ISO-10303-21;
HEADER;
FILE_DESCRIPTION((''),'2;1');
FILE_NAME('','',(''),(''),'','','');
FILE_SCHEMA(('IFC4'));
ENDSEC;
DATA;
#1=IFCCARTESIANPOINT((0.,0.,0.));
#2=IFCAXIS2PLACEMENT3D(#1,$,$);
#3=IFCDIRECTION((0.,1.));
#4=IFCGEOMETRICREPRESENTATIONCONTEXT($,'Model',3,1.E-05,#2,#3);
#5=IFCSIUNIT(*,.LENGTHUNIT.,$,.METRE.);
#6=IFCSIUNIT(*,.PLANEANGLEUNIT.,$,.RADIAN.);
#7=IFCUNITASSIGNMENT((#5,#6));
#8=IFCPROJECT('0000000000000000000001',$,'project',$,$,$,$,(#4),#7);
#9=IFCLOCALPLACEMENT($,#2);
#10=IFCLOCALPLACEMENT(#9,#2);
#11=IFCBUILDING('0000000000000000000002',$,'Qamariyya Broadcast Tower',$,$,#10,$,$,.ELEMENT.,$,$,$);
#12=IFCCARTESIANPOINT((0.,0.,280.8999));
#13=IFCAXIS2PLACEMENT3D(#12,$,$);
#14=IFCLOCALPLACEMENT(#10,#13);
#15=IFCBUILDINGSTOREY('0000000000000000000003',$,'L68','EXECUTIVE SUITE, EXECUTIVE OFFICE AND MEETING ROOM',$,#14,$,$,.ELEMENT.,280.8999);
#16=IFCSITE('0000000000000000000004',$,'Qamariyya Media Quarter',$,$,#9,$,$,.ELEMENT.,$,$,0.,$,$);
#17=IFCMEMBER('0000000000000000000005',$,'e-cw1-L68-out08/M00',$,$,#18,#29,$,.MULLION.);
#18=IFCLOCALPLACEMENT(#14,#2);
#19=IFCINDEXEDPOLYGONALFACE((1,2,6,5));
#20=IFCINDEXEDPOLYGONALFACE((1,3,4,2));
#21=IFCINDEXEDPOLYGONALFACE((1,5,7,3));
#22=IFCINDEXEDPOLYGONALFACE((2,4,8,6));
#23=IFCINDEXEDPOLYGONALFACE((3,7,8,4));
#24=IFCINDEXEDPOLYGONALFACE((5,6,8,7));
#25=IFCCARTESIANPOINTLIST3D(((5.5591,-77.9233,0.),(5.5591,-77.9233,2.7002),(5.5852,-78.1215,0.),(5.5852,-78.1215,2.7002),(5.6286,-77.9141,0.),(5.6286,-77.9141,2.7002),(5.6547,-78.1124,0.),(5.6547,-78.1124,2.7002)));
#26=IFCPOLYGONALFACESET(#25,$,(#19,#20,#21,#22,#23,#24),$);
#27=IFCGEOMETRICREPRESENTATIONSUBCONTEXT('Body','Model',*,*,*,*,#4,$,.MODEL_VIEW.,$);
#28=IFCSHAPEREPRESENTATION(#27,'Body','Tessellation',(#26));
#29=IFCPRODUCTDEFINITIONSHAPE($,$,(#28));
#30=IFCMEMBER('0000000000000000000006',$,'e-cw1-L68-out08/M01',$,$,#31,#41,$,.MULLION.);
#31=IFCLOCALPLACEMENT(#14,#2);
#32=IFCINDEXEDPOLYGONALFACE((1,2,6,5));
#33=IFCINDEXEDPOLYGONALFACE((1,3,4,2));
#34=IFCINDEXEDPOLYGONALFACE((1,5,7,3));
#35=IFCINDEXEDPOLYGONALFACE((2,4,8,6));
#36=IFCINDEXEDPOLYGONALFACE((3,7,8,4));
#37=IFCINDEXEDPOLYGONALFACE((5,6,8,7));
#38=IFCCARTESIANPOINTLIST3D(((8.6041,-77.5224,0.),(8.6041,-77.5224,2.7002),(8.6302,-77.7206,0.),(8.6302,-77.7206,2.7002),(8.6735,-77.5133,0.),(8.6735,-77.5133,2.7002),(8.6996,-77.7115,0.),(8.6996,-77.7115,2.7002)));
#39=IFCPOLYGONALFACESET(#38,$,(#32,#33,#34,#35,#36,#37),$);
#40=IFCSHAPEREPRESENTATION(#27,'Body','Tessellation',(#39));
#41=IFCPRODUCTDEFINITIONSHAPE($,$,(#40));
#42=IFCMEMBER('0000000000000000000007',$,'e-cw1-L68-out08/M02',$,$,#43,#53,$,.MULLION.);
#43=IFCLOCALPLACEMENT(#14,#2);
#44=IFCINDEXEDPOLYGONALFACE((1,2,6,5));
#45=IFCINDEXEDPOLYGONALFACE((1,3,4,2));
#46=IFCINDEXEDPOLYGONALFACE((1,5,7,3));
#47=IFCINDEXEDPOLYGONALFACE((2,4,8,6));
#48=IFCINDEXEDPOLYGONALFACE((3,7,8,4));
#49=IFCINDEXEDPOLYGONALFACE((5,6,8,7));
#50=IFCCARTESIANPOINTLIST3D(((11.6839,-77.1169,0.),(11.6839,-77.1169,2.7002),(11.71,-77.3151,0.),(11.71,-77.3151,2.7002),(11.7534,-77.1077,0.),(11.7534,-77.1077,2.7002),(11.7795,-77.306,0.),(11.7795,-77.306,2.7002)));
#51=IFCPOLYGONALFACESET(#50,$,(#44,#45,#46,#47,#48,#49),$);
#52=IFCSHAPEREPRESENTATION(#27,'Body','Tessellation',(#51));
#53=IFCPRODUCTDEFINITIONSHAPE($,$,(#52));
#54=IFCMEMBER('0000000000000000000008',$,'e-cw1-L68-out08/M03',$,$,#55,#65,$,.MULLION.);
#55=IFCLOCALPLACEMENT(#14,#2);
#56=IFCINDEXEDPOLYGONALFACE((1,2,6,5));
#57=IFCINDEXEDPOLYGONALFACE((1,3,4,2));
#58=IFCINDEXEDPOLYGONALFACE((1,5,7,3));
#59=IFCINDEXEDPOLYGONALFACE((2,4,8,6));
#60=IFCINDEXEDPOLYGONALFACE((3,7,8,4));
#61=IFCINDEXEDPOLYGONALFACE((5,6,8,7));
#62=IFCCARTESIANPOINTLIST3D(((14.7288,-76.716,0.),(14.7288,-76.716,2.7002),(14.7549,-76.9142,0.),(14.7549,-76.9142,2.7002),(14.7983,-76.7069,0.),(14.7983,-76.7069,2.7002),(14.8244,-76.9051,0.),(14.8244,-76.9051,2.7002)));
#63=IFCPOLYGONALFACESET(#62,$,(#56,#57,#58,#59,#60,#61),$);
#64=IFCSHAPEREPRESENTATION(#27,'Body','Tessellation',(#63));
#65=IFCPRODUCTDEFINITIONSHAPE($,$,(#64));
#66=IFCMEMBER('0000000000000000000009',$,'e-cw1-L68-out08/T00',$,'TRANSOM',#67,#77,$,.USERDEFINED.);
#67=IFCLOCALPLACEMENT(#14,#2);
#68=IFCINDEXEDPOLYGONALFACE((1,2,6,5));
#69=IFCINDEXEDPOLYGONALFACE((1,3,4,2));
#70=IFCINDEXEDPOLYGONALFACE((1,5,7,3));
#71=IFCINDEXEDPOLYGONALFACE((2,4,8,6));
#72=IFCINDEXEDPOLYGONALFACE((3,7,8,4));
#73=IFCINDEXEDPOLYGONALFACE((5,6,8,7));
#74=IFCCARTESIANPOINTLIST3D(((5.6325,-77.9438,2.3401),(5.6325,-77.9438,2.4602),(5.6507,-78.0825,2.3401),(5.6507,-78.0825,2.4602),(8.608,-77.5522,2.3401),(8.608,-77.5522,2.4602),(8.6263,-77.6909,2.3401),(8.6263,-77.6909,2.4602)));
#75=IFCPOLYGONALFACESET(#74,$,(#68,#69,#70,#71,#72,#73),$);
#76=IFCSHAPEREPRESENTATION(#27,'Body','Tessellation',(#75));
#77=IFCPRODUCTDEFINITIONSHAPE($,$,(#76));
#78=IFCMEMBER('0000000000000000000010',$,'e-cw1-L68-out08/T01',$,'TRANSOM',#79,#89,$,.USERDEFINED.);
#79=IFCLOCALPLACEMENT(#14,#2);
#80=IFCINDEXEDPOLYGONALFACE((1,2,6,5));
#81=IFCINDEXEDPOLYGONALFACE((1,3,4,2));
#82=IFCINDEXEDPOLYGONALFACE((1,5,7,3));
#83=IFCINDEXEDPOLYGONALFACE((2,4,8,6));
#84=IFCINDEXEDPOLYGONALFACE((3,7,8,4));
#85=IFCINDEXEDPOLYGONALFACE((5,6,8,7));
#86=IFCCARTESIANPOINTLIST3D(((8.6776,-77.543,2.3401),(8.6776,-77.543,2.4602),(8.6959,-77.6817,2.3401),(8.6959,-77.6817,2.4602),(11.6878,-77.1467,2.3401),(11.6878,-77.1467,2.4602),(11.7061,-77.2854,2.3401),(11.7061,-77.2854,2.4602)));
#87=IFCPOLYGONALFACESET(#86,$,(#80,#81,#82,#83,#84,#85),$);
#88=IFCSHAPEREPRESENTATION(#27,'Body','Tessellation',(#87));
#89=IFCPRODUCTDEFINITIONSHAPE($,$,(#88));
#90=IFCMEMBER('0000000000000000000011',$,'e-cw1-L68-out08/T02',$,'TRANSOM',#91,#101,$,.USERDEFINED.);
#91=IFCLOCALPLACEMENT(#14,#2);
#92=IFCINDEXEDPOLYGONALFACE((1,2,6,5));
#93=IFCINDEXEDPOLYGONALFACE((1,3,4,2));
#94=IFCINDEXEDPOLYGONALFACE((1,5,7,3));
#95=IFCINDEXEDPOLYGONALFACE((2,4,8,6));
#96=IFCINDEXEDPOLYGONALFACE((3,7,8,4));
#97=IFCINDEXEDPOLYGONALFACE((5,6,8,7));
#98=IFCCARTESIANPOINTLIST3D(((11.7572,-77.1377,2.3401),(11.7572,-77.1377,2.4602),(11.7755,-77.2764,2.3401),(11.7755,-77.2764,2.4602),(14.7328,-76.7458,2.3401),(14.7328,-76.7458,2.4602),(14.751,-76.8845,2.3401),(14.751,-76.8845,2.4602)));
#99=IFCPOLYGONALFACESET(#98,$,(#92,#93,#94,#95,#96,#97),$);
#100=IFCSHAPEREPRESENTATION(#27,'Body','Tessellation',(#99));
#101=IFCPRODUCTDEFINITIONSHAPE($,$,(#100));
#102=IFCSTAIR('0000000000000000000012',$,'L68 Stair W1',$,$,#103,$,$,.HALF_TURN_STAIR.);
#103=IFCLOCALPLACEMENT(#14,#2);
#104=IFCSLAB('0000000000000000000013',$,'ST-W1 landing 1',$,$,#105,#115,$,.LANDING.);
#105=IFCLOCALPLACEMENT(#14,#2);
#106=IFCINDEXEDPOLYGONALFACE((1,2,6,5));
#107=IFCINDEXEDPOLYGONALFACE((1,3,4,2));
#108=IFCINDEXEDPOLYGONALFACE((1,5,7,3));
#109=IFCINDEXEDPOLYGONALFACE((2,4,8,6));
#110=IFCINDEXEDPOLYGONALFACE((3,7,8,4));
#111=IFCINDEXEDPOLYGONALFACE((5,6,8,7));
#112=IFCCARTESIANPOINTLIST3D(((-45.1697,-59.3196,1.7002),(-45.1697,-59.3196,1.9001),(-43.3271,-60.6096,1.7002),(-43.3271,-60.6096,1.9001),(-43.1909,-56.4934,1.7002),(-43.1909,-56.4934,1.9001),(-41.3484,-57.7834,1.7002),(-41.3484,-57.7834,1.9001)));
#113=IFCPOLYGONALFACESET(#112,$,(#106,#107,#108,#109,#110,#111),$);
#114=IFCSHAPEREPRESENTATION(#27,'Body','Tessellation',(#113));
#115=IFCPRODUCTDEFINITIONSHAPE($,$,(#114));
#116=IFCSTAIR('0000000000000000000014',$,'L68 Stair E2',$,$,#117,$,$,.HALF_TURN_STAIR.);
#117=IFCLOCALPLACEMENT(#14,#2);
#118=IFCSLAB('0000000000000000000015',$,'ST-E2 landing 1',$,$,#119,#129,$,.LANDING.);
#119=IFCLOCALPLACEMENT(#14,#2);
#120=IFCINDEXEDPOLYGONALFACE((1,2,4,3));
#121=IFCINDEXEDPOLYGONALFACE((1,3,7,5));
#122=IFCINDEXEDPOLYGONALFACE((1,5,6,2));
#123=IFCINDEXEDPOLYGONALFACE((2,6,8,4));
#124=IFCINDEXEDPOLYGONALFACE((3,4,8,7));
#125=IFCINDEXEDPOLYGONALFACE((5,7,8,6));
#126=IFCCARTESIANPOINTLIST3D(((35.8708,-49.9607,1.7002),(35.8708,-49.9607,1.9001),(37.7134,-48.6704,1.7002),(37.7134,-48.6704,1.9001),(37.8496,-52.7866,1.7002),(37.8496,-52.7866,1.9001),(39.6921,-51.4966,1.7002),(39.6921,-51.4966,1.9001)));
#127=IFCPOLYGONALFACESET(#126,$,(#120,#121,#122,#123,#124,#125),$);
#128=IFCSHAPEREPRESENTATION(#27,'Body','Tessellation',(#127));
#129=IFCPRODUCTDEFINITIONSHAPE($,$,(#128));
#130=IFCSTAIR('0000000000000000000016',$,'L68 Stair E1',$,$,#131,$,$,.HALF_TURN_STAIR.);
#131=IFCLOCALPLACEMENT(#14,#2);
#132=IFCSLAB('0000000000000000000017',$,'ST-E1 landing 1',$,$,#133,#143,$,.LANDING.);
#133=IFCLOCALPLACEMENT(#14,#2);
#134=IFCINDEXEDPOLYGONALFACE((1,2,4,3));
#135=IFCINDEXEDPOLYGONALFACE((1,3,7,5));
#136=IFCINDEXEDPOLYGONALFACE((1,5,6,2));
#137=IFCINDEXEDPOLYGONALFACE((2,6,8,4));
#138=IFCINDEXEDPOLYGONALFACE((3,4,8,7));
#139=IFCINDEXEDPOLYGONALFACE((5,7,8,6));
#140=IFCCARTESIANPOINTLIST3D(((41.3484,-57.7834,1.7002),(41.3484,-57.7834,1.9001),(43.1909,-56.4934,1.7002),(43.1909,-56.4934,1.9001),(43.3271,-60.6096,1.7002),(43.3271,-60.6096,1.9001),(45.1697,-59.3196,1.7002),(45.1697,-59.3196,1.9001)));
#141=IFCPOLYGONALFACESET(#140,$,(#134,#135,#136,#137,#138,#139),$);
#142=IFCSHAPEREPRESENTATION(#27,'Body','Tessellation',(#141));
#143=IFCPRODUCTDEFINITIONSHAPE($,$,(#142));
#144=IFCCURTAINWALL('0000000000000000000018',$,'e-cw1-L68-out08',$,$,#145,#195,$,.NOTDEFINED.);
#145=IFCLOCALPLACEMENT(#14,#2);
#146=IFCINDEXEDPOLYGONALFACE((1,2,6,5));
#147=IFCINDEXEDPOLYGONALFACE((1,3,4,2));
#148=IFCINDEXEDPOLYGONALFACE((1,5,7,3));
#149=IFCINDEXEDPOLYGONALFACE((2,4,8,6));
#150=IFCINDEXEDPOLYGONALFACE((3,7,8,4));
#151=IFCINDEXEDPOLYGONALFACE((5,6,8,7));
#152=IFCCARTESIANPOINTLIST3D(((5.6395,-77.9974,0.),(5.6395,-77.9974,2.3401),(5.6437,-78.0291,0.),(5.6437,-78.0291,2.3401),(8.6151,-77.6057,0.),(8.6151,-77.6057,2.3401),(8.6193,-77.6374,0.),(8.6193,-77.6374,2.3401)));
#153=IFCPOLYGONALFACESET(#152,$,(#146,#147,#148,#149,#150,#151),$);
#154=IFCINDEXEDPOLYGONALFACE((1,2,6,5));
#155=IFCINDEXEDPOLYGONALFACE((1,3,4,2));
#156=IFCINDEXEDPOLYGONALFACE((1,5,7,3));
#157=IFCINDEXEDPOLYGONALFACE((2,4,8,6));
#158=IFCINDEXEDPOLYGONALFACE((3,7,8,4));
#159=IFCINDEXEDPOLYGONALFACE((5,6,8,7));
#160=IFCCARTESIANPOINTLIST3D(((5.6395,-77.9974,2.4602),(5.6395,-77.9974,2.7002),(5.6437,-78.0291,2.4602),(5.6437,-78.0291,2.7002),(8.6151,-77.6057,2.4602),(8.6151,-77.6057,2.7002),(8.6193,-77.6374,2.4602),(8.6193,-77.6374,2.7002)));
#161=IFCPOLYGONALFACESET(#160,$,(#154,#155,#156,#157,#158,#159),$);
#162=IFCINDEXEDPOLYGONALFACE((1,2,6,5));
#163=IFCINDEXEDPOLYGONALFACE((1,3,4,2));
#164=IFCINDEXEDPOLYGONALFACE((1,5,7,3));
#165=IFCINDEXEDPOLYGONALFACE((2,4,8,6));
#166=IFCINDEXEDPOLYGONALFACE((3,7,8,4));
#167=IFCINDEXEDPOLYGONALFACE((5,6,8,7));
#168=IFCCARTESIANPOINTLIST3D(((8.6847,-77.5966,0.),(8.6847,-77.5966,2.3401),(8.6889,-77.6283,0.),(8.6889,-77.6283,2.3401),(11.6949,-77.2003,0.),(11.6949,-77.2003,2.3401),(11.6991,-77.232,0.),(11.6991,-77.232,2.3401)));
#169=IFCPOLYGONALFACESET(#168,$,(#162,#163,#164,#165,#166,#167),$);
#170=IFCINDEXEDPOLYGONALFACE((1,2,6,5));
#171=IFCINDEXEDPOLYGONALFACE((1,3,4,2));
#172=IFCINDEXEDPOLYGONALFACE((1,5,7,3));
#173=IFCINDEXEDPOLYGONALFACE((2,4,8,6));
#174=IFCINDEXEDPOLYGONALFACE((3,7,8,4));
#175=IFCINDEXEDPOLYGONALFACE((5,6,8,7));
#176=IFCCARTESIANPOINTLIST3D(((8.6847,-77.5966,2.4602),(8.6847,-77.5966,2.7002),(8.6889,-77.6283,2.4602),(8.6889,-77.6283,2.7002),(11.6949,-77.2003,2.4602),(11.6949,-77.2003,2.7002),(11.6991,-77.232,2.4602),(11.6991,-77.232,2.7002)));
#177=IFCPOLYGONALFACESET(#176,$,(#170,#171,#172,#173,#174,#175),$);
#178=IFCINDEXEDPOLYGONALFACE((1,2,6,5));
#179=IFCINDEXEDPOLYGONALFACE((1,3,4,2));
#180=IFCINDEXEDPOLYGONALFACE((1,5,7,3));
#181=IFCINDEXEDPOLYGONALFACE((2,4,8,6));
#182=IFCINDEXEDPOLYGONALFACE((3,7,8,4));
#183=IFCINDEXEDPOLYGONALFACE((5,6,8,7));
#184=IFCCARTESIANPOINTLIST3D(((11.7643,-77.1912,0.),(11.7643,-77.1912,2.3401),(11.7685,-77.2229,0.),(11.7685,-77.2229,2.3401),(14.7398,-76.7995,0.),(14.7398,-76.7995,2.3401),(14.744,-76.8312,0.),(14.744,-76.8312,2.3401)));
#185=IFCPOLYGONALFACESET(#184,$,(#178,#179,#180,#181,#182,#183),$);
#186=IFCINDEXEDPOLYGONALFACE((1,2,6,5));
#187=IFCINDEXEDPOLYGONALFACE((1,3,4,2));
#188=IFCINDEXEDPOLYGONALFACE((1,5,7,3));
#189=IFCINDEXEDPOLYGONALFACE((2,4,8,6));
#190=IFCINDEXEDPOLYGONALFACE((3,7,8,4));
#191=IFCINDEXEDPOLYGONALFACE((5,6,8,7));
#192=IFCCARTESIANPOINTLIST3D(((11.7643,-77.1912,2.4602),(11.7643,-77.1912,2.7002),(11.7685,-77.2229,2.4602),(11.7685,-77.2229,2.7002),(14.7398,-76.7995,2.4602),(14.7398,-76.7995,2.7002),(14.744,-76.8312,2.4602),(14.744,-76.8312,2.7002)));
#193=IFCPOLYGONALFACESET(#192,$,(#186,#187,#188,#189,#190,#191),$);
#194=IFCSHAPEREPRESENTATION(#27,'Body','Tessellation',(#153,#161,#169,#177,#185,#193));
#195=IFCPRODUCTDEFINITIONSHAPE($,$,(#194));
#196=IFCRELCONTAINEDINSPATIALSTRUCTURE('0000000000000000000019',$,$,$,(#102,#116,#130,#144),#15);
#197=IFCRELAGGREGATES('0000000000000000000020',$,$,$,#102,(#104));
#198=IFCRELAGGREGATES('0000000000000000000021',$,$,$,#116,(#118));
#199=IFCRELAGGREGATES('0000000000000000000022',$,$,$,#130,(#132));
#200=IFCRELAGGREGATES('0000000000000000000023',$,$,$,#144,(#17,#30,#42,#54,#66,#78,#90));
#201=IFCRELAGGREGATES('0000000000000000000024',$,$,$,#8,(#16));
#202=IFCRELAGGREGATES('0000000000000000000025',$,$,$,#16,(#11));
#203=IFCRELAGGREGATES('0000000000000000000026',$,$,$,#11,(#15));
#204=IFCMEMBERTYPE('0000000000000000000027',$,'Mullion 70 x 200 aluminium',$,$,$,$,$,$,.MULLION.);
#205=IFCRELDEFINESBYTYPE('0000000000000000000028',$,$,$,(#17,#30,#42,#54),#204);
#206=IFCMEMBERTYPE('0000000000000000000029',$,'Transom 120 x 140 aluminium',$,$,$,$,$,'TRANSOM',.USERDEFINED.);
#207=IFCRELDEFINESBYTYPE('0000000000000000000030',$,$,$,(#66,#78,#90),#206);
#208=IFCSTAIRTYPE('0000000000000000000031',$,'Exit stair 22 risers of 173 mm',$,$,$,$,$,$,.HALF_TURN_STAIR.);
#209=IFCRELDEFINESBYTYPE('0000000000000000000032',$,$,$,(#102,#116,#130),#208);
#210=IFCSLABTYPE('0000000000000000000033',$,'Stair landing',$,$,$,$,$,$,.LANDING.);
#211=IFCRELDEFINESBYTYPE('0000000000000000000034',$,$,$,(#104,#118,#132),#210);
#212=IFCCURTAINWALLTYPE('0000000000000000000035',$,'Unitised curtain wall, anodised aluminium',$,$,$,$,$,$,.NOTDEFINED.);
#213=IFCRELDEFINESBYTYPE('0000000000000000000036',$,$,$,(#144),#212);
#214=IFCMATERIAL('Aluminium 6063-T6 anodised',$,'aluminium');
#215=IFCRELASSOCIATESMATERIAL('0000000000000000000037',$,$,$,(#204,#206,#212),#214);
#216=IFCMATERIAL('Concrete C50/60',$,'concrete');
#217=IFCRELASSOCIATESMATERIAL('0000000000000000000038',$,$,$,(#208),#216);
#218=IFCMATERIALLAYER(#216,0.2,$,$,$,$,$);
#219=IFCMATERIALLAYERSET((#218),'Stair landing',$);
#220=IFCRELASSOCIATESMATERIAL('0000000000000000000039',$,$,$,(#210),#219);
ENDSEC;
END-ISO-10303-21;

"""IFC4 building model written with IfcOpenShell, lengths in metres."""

from ifc_helpers import new_model, si_unit, direction, frame, origin, origin_2d, place, context, subcontext, project, spatial, polyline, rectangle, outline, extrude, material, layer, layer_set, material_profile, profile_set, type_object, element, aggregate, save


model = new_model("IFC4")

# Units and contexts
model_context = context("Model", 3, precision=1e-05, world=origin(), true_north=direction((0.0, 1.0)))
body_context = subcontext(model_context, "Body", "Model", "MODEL_VIEW")
ifc_project = project(units=[si_unit("LENGTHUNIT", "METRE"), si_unit("PLANEANGLEUNIT", "RADIAN")], contexts=[model_context])

# Members
ifc_material_1 = material(Name="Aluminium 6063-T6 anodised", Category="aluminium")
ifc_material_profile_1 = material_profile(ifc_material_1, rectangle(XDim=0.2, YDim=0.0701, at=origin_2d()))
ifc_profile_set_1 = profile_set([ifc_material_profile_1], Name="Aluminium 6063-T6 anodised")
member_type_1 = type_object("IfcMemberType", Name="Mullion 70 x 200 aluminium", PredefinedType="MULLION", material=ifc_profile_set_1)
site_placement = place(None, origin())
building_placement = place(site_placement, origin())
storey_placement = place(building_placement, frame((0.0, 0.0, 280.8999)))
member_1_placement = place(storey_placement, frame((5.6069, -78.0178, 0.0), z_axis=(0.0, 0.0, 1.0), x_axis=(-0.130526, 0.991445, 0.0)))
member_1 = element("IfcMember", 1, at=member_1_placement, type_object=member_type_1, Name="e-cw1-L68-out08/M00", PredefinedType="MULLION", context=body_context, shape_type="SweptSolid", body=[
    extrude(rectangle(XDim=0.2, YDim=0.0701, at=origin_2d()), origin(), (0.0, 0.0, 1.0), 2.7002),
])
member_2_placement = place(storey_placement, frame((8.6519, -77.6169, 0.0), z_axis=(0.0, 0.0, 1.0), x_axis=(-0.130526, 0.991445, 0.0)))
member_2 = element("IfcMember", 2, at=member_2_placement, type_object=member_type_1, Name="e-cw1-L68-out08/M01", PredefinedType="MULLION", context=body_context, shape_type="SweptSolid", body=[
    extrude(rectangle(XDim=0.2, YDim=0.0701, at=origin_2d()), origin(), (0.0, 0.0, 1.0), 2.7002),
])
member_3_placement = place(storey_placement, frame((11.7317, -77.2114, 0.0), z_axis=(0.0, 0.0, 1.0), x_axis=(-0.130526, 0.991445, 0.0)))
member_3 = element("IfcMember", 3, at=member_3_placement, type_object=member_type_1, Name="e-cw1-L68-out08/M02", PredefinedType="MULLION", context=body_context, shape_type="SweptSolid", body=[
    extrude(rectangle(XDim=0.2, YDim=0.0701, at=origin_2d()), origin(), (0.0, 0.0, 1.0), 2.7002),
])
member_4_placement = place(storey_placement, frame((14.7766, -76.8105, 0.0), z_axis=(0.0, 0.0, 1.0), x_axis=(-0.130526, 0.991445, 0.0)))
member_4 = element("IfcMember", 4, at=member_4_placement, type_object=member_type_1, Name="e-cw1-L68-out08/M03", PredefinedType="MULLION", context=body_context, shape_type="SweptSolid", body=[
    extrude(rectangle(XDim=0.2, YDim=0.0701, at=origin_2d()), origin(), (0.0, 0.0, 1.0), 2.7002),
])
ifc_material_profile_2 = material_profile(ifc_material_1, rectangle(XDim=0.1399, YDim=0.1201, at=origin_2d()))
ifc_profile_set_2 = profile_set([ifc_material_profile_2], Name="Aluminium 6063-T6 anodised")
member_type_2 = type_object("IfcMemberType", Name="Transom 120 x 140 aluminium", ElementType="TRANSOM", PredefinedType="USERDEFINED", material=ifc_profile_set_2)
member_5_placement = place(storey_placement, frame((5.6416, -78.0132, 2.4001), z_axis=(0.991451, 0.13048, 0.0), x_axis=(-0.13048, 0.991451, 0.0)))
member_5 = element("IfcMember", 5, at=member_5_placement, type_object=member_type_2, Name="e-cw1-L68-out08/T00", ObjectType="TRANSOM", PredefinedType="USERDEFINED", context=body_context, shape_type="SweptSolid", body=[
    extrude(rectangle(XDim=0.1399, YDim=0.1201, at=origin_2d()), origin(), (0.0, 0.0, 1.0), 3.0012),
])
member_6_placement = place(storey_placement, frame((8.6868, -77.6123, 2.4001), z_axis=(0.991448, 0.130504, 0.0), x_axis=(-0.130504, 0.991448, 0.0)))
member_6 = element("IfcMember", 6, at=member_6_placement, type_object=member_type_2, Name="e-cw1-L68-out08/T01", ObjectType="TRANSOM", PredefinedType="USERDEFINED", context=body_context, shape_type="SweptSolid", body=[
    extrude(rectangle(XDim=0.1399, YDim=0.1201, at=origin_2d()), origin(), (0.0, 0.0, 1.0), 3.0361),
])
member_7_placement = place(storey_placement, frame((11.7664, -77.207, 2.4001), z_axis=(0.99144, 0.13056, 0.0), x_axis=(-0.13056, 0.99144, 0.0)))
member_7 = element("IfcMember", 7, at=member_7_placement, type_object=member_type_2, Name="e-cw1-L68-out08/T02", ObjectType="TRANSOM", PredefinedType="USERDEFINED", context=body_context, shape_type="SweptSolid", body=[
    extrude(rectangle(XDim=0.1399, YDim=0.1201, at=origin_2d()), origin(), (0.0, 0.0, 1.0), 3.0012),
])

# Site, building, storey
site = spatial("IfcSite", under=ifc_project, at=site_placement, Name="Qamariyya Media Quarter", CompositionType="ELEMENT", RefElevation=0.0)
building = spatial("IfcBuilding", under=site, at=building_placement, Name="Qamariyya Broadcast Tower", CompositionType="ELEMENT")
storey = spatial("IfcBuildingStorey", under=building, at=storey_placement, Name="L68", Description="EXECUTIVE SUITE, EXECUTIVE OFFICE AND MEETING ROOM", CompositionType="ELEMENT", Elevation=280.8999)

# Stairs, slabs
ifc_material_2 = material(Name="Concrete C50/60", Category="concrete")
stair_type = type_object("IfcStairType", Name="Exit stair 22 risers of 173 mm", PredefinedType="HALF_TURN_STAIR", material=ifc_material_2)
stair_1_placement = place(storey_placement, origin())
stair_1 = element("IfcStair", 8, at=stair_1_placement, inside=storey, type_object=stair_type, Name="L68 Stair W1", PredefinedType="HALF_TURN_STAIR")
ifc_layer = layer(ifc_material_2, 0.2)
ifc_layer_set = layer_set([ifc_layer], Name="Stair landing")
slab_type = type_object("IfcSlabType", Name="Stair landing", PredefinedType="LANDING", material=ifc_layer_set)
slab_1_placement = place(storey_placement, frame((0.0, 0.0, 1.7002)))
slab_1 = element("IfcSlab", 9, at=slab_1_placement, type_object=slab_type, Name="ST-W1 landing 1", PredefinedType="LANDING", context=body_context, shape_type="SweptSolid", body=[
    extrude(outline(polyline([(-45.1697, -59.3196), (-43.3271, -60.6096), (-41.3484, -57.7834), (-43.1909, -56.4934), (-45.1697, -59.3196)])), origin(), (0.0, 0.0, 1.0), 0.2),
])
aggregate(stair_1, [slab_1])
stair_2_placement = place(storey_placement, origin())
stair_2 = element("IfcStair", 10, at=stair_2_placement, inside=storey, type_object=stair_type, Name="L68 Stair E2", PredefinedType="HALF_TURN_STAIR")
slab_2_placement = place(storey_placement, frame((0.0, 0.0, 1.7002)))
slab_2 = element("IfcSlab", 11, at=slab_2_placement, type_object=slab_type, Name="ST-E2 landing 1", PredefinedType="LANDING", context=body_context, shape_type="SweptSolid", body=[
    extrude(outline(polyline([(37.7134, -48.6704), (35.8708, -49.9607), (37.8496, -52.7866), (39.6921, -51.4966), (37.7134, -48.6704)])), origin(), (0.0, 0.0, 1.0), 0.2),
])
aggregate(stair_2, [slab_2])
stair_3_placement = place(storey_placement, origin())
stair_3 = element("IfcStair", 12, at=stair_3_placement, inside=storey, type_object=stair_type, Name="L68 Stair E1", PredefinedType="HALF_TURN_STAIR")
slab_3_placement = place(storey_placement, frame((0.0, 0.0, 1.7002)))
slab_3 = element("IfcSlab", 13, at=slab_3_placement, type_object=slab_type, Name="ST-E1 landing 1", PredefinedType="LANDING", context=body_context, shape_type="SweptSolid", body=[
    extrude(outline(polyline([(43.1909, -56.4934), (41.3484, -57.7834), (43.3271, -60.6096), (45.1697, -59.3196), (43.1909, -56.4934)])), origin(), (0.0, 0.0, 1.0), 0.2),
])
aggregate(stair_3, [slab_3])

# Curtain wall
curtain_wall_type = type_object("IfcCurtainWallType", Name="Unitised curtain wall, anodised aluminium", PredefinedType="NOTDEFINED", material=ifc_material_1)
curtain_wall_1_placement = place(storey_placement, origin())
curtain_wall_1 = element("IfcCurtainWall", 14, at=curtain_wall_1_placement, inside=storey, type_object=curtain_wall_type, Name="e-cw1-L68-out08", PredefinedType="NOTDEFINED", context=body_context, shape_type="SweptSolid", body=[
    extrude(rectangle(XDim=3.0012, YDim=0.032, at=origin_2d()), frame((7.1294, -77.8174, 0.0), x_axis=(0.991445, 0.130523, 0.0)), (0.0, 0.0, 1.0), 2.3401),
    extrude(rectangle(XDim=3.0012, YDim=0.032, at=origin_2d()), frame((7.1294, -77.8174, 2.4602), x_axis=(0.991445, 0.130523, 0.0)), (0.0, 0.0, 1.0), 0.24),
    extrude(rectangle(XDim=3.0361, YDim=0.032, at=origin_2d()), frame((10.1919, -77.4143, 0.0), x_axis=(0.991445, 0.130523, 0.0)), (0.0, 0.0, 1.0), 2.3401),
    extrude(rectangle(XDim=3.0361, YDim=0.032, at=origin_2d()), frame((10.1919, -77.4143, 2.4602), x_axis=(0.991445, 0.130523, 0.0)), (0.0, 0.0, 1.0), 0.24),
    extrude(rectangle(XDim=3.0012, YDim=0.032, at=origin_2d()), frame((13.2542, -77.0112, 0.0), x_axis=(0.991445, 0.130523, 0.0)), (0.0, 0.0, 1.0), 2.3401),
    extrude(rectangle(XDim=3.0012, YDim=0.032, at=origin_2d()), frame((13.2542, -77.0112, 2.4602), x_axis=(0.991445, 0.130523, 0.0)), (0.0, 0.0, 1.0), 0.24),
])
aggregate(curtain_wall_1, [member_1, member_2, member_3, member_4, member_5, member_6, member_7])

save(model, "model.ifc")
